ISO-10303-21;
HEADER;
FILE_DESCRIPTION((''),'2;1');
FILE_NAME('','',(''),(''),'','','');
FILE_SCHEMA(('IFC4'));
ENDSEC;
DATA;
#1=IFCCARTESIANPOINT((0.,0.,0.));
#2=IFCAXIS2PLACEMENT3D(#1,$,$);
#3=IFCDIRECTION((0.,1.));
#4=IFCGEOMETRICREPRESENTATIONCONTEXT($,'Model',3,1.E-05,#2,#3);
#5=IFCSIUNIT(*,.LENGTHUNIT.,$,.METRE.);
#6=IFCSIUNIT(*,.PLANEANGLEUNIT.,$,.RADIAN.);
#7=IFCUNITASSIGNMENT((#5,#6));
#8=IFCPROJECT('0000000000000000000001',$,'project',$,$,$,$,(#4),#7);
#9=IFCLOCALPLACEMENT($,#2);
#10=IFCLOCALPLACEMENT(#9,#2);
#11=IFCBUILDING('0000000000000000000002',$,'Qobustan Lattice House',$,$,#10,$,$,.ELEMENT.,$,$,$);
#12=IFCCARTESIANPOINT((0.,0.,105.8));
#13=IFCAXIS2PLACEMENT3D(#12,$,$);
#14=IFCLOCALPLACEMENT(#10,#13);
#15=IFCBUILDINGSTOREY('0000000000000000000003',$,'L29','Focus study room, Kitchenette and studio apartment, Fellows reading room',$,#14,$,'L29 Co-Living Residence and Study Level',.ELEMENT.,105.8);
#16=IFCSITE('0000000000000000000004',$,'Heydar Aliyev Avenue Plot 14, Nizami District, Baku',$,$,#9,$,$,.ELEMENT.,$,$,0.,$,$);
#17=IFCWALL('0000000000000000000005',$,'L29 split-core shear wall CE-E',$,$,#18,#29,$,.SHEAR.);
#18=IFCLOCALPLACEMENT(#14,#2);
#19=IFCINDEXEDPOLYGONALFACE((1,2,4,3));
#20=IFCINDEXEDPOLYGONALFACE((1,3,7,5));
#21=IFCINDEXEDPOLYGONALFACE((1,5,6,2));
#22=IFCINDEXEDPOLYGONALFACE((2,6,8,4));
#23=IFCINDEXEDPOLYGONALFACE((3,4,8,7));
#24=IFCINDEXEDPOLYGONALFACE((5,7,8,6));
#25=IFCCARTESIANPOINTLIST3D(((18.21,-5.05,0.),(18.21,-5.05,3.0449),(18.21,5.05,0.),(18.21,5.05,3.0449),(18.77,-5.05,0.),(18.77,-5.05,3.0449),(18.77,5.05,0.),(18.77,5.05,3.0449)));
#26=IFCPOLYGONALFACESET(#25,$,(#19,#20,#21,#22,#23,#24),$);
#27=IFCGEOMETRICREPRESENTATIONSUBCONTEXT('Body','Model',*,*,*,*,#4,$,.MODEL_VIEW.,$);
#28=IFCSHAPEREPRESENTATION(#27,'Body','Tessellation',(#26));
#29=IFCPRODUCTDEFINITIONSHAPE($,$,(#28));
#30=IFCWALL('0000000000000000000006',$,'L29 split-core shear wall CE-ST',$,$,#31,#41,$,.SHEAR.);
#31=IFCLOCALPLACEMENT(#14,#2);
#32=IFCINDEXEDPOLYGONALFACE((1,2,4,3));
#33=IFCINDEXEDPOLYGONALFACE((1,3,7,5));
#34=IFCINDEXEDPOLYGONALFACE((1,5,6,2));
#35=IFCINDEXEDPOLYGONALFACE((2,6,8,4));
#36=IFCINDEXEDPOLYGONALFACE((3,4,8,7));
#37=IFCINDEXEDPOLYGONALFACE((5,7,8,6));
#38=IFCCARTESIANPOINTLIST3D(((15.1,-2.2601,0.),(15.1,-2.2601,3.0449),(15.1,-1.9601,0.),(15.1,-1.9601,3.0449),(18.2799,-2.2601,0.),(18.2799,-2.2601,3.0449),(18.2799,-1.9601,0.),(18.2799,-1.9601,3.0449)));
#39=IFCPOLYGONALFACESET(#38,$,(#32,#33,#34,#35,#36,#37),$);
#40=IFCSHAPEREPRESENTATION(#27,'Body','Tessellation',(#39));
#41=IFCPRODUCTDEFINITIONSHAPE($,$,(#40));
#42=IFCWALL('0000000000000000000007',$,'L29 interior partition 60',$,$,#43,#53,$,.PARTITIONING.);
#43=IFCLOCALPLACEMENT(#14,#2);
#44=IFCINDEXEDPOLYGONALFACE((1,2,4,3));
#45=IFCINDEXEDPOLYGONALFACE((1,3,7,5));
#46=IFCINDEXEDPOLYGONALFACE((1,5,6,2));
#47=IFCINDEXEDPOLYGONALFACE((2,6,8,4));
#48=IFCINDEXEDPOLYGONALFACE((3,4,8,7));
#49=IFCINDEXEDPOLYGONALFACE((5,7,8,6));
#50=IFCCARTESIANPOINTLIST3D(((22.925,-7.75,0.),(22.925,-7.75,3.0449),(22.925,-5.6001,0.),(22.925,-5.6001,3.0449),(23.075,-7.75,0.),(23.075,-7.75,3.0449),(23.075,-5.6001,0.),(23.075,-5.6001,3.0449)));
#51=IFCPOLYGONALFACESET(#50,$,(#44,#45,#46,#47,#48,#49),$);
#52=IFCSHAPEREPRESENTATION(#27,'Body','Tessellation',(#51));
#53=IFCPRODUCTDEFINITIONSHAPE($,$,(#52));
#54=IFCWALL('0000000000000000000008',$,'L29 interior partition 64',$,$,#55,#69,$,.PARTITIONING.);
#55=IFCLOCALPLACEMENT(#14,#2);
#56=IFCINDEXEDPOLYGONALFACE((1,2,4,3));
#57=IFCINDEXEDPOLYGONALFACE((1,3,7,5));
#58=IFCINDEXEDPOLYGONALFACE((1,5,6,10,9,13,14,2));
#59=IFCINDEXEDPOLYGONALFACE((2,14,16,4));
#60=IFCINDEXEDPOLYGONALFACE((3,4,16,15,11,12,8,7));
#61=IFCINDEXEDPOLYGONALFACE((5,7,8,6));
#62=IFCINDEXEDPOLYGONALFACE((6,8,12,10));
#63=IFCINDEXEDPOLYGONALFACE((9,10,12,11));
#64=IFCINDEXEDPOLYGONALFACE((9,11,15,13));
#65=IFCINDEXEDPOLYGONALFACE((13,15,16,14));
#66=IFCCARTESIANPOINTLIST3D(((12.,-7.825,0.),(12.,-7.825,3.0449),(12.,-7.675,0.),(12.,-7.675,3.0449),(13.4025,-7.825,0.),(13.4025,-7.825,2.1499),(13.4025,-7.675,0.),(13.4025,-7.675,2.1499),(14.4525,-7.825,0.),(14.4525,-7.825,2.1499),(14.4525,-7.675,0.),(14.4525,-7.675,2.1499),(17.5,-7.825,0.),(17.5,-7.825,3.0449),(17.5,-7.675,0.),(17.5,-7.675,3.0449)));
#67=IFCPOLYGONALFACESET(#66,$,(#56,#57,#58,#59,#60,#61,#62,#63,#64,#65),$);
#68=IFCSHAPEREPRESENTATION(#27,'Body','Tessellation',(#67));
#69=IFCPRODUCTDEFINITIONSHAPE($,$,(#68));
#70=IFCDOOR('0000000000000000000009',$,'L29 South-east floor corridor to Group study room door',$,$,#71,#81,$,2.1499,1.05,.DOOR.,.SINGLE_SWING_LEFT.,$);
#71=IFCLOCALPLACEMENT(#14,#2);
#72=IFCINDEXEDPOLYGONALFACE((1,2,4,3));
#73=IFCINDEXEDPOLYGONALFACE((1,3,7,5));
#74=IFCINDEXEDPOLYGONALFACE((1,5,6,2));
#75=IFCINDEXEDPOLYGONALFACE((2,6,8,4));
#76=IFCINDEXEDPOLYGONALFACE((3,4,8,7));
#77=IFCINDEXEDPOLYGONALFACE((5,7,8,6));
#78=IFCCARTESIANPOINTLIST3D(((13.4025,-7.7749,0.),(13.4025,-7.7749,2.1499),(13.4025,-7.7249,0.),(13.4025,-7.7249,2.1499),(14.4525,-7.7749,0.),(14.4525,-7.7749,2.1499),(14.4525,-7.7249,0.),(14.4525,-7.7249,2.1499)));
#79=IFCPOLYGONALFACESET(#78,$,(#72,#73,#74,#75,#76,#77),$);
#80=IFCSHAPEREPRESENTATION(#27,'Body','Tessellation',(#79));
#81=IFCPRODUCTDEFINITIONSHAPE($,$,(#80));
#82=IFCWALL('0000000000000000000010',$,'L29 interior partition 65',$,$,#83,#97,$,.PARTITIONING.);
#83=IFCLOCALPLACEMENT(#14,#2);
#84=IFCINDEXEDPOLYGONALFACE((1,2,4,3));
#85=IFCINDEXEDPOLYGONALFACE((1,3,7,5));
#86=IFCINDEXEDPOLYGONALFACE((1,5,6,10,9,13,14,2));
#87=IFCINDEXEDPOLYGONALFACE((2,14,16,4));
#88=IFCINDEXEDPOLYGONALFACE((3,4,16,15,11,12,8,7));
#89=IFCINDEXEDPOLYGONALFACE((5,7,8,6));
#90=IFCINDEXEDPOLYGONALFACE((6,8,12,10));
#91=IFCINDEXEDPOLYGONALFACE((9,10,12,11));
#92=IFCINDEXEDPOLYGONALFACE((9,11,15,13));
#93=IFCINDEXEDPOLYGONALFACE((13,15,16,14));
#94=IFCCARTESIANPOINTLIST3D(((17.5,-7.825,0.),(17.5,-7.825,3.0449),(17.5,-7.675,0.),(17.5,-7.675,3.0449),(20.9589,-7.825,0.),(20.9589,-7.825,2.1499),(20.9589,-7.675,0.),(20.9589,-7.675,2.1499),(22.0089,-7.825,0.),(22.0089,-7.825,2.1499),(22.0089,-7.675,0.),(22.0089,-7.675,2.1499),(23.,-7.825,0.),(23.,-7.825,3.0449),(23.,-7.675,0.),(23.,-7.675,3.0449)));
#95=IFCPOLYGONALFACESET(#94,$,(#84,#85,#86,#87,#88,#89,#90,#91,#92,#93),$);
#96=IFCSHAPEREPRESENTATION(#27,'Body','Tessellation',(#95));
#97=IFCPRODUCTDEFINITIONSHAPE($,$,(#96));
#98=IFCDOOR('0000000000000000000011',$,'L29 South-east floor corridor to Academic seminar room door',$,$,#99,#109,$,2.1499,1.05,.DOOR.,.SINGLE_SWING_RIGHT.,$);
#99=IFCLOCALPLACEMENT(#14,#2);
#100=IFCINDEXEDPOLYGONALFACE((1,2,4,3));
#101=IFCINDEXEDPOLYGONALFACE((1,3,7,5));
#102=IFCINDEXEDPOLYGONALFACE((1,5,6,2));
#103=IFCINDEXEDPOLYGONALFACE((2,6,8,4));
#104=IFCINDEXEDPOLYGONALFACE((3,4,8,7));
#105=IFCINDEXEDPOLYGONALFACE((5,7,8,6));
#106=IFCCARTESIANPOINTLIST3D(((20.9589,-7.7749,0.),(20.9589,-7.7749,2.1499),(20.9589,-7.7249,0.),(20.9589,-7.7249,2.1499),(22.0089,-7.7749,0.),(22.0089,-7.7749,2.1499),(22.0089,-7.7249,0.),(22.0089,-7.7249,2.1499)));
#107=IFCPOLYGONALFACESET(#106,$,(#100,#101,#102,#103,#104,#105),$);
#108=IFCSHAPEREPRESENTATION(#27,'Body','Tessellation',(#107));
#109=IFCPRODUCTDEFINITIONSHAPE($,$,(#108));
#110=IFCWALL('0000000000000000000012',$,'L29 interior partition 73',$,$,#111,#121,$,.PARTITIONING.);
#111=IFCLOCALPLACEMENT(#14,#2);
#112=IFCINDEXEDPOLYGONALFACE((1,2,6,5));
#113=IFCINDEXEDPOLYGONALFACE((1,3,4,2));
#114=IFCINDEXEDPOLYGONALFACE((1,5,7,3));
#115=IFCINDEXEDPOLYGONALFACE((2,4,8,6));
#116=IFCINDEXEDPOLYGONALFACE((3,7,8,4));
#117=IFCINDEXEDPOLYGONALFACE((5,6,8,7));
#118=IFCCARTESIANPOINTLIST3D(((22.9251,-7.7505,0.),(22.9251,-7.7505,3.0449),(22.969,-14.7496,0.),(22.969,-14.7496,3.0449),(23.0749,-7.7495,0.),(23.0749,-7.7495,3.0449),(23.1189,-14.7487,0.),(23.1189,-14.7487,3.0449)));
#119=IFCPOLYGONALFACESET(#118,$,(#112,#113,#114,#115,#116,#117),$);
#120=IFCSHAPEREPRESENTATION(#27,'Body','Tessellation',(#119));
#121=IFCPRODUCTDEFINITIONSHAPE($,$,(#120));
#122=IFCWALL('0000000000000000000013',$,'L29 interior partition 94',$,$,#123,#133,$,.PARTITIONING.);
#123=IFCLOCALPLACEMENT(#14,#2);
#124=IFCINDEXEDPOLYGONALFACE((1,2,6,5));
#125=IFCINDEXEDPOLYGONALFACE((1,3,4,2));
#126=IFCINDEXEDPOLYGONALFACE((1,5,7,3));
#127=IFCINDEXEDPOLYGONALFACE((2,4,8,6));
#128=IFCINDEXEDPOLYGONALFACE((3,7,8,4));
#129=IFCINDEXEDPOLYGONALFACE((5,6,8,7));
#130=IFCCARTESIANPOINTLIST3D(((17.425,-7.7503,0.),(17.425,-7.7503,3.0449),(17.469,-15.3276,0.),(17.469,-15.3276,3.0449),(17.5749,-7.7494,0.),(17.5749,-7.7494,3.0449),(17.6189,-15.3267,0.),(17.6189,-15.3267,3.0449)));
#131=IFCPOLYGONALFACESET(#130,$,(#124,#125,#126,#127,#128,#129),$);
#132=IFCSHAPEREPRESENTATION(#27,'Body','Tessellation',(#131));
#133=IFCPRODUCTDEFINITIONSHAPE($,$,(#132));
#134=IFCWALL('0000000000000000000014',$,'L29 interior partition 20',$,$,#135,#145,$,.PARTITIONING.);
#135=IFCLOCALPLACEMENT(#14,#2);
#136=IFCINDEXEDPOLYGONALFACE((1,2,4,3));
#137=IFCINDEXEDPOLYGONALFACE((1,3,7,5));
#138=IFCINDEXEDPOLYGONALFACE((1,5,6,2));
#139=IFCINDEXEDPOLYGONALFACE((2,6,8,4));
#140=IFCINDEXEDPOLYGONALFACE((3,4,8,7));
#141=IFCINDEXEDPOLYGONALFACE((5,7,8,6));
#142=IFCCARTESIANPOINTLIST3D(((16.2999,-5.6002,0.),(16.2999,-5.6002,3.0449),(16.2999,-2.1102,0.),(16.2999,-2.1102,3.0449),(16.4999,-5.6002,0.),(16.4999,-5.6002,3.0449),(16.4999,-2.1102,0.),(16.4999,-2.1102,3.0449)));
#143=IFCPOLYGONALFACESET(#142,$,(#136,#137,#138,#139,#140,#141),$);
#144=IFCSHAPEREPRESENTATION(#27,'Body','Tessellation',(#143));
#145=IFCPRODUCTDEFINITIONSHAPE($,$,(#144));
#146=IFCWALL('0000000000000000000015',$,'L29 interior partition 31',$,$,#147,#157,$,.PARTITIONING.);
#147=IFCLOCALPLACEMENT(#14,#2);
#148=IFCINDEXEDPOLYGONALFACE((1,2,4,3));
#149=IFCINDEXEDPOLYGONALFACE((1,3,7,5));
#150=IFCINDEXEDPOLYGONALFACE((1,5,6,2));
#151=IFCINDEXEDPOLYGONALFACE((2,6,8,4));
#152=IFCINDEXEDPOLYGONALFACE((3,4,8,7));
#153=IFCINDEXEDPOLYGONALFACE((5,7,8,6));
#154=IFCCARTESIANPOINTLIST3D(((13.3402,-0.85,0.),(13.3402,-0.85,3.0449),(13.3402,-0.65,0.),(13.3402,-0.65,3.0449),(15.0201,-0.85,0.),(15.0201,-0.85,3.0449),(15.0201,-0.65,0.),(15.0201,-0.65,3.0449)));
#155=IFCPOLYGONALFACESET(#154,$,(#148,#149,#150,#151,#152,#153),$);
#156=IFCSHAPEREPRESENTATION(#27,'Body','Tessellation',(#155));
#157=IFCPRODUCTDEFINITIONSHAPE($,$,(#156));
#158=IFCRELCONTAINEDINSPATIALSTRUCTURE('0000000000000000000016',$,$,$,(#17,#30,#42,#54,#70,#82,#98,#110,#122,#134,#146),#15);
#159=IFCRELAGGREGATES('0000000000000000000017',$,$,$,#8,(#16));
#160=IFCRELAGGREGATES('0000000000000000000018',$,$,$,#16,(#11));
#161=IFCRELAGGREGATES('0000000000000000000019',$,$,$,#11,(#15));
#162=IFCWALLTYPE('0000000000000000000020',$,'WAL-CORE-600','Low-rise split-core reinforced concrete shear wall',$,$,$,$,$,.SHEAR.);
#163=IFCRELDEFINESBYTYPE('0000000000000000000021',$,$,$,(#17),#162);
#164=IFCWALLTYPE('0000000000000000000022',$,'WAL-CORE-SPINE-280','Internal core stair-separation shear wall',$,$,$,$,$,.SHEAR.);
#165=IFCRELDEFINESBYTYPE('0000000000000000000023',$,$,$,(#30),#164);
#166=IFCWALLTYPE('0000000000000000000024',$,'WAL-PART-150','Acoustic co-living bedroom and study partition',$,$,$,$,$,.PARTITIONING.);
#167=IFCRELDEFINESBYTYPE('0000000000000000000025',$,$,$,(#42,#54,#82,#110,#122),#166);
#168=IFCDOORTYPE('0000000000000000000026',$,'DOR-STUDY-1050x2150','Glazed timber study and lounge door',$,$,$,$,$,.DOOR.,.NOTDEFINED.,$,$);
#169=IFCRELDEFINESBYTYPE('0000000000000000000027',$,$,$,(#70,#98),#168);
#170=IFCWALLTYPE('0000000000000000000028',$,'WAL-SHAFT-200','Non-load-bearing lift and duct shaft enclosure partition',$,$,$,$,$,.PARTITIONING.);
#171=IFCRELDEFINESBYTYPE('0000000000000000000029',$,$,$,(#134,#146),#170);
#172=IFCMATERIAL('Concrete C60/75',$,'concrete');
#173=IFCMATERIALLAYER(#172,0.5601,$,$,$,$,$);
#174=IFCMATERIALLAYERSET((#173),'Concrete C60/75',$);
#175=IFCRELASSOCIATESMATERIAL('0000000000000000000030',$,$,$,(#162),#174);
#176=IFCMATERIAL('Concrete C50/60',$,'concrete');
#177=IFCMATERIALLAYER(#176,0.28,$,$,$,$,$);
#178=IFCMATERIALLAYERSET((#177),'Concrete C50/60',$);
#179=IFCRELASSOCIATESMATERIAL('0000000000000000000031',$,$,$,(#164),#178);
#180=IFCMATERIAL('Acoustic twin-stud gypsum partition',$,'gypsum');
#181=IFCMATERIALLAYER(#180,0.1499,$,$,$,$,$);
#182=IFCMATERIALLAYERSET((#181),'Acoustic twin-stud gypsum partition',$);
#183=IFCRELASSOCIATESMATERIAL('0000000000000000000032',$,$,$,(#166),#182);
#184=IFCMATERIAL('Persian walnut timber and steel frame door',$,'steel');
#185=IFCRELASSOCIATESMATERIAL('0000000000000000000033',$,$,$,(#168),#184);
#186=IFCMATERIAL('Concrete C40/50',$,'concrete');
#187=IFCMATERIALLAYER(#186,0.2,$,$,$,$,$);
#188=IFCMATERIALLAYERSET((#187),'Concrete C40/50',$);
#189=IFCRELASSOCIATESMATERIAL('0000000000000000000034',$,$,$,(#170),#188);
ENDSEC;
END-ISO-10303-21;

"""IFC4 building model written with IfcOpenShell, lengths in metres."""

from ifc_helpers import new_model, si_unit, direction, frame, frame_2d, origin, place, context, subcontext, project, spatial, rectangle, extrude, material, layer, layer_set, type_object, element, fill, save


model = new_model("IFC4")

# Units and contexts
model_context = context("Model", 3, precision=1e-05, world=origin(), true_north=direction((0.0, 1.0)))
body_context = subcontext(model_context, "Body", "Model", "MODEL_VIEW")
ifc_project = project(units=[si_unit("LENGTHUNIT", "METRE"), si_unit("PLANEANGLEUNIT", "RADIAN")], contexts=[model_context])

# Site, building, storey
site_placement = place(None, origin())
site = spatial("IfcSite", under=ifc_project, at=site_placement, Name="Heydar Aliyev Avenue Plot 14, Nizami District, Baku", CompositionType="ELEMENT", RefElevation=0.0)
building_placement = place(site_placement, origin())
building = spatial("IfcBuilding", under=site, at=building_placement, Name="Qobustan Lattice House", CompositionType="ELEMENT")
storey_placement = place(building_placement, frame((0.0, 0.0, 105.8)))
storey = spatial("IfcBuildingStorey", under=building, at=storey_placement, Name="L29", Description="Focus study room, Kitchenette and studio apartment, Fellows reading room", LongName="L29 Co-Living Residence and Study Level", CompositionType="ELEMENT", Elevation=105.8)

# Walls
ifc_material_1 = material(Name="Concrete C60/75", Category="concrete")
ifc_layer_1 = layer(ifc_material_1, 0.5601)
ifc_layer_set_1 = layer_set([ifc_layer_1], Name="Concrete C60/75")
wall_type_1 = type_object("IfcWallType", Name="WAL-CORE-600", Description="Low-rise split-core reinforced concrete shear wall", PredefinedType="SHEAR", material=ifc_layer_set_1)
wall_1_placement = place(storey_placement, frame((18.49, -5.05, 0.0), z_axis=(0.0, 0.0, 1.0), x_axis=(0.0, 1.0, 0.0)))
element("IfcWall", 1, at=wall_1_placement, inside=storey, type_object=wall_type_1, Name="L29 split-core shear wall CE-E", PredefinedType="SHEAR", context=body_context, shape_type="SweptSolid", body=[
    extrude(rectangle(XDim=10.1001, YDim=0.5601, at=frame_2d((5.05, 0.0))), origin(), (0.0, 0.0, 1.0), 3.0449),
])
ifc_material_2 = material(Name="Concrete C50/60", Category="concrete")
ifc_layer_2 = layer(ifc_material_2, 0.28)
ifc_layer_set_2 = layer_set([ifc_layer_2], Name="Concrete C50/60")
wall_type_2 = type_object("IfcWallType", Name="WAL-CORE-SPINE-280", Description="Internal core stair-separation shear wall", PredefinedType="SHEAR", material=ifc_layer_set_2)
wall_2_placement = place(storey_placement, frame((15.1001, -2.1101, 0.0), z_axis=(0.0, 0.0, 1.0), x_axis=(1.0, 0.0, 0.0)))
element("IfcWall", 2, at=wall_2_placement, inside=storey, type_object=wall_type_2, Name="L29 split-core shear wall CE-ST", PredefinedType="SHEAR", context=body_context, shape_type="SweptSolid", body=[
    extrude(rectangle(XDim=3.1799, YDim=0.3, at=frame_2d((1.5898, 0.0))), origin(), (0.0, 0.0, 1.0), 3.0449),
])

# Shared definitions
ifc_material_3 = material(Name="Acoustic twin-stud gypsum partition", Category="gypsum")
ifc_layer_3 = layer(ifc_material_3, 0.1499)
ifc_layer_set_3 = layer_set([ifc_layer_3], Name="Acoustic twin-stud gypsum partition")
wall_type_3 = type_object("IfcWallType", Name="WAL-PART-150", Description="Acoustic co-living bedroom and study partition", PredefinedType="PARTITIONING", material=ifc_layer_set_3)
ifc_material_4 = material(Name="Persian walnut timber and steel frame door", Category="steel")
door_type = type_object("IfcDoorType", Name="DOR-STUDY-1050x2150", Description="Glazed timber study and lounge door", OperationType="NOTDEFINED", PredefinedType="DOOR", material=ifc_material_4)

# Wall
wall_3_placement = place(storey_placement, frame((23.0, -5.6001, 0.0), z_axis=(0.0, 0.0, 1.0), x_axis=(0.0, -1.0, 0.0)))
element("IfcWall", 3, at=wall_3_placement, inside=storey, type_object=wall_type_3, Name="L29 interior partition 60", PredefinedType="PARTITIONING", context=body_context, shape_type="SweptSolid", body=[
    extrude(rectangle(XDim=2.1499, YDim=0.1499, at=frame_2d((1.075, 0.0))), origin(), (0.0, 0.0, 1.0), 3.0449),
])

# Walls, openings, doors
wall_4_placement = place(storey_placement, frame((17.5, -7.75, 0.0), z_axis=(0.0, 0.0, 1.0), x_axis=(-1.0, 0.0, 0.0)))
wall_4 = element("IfcWall", 4, at=wall_4_placement, inside=storey, type_object=wall_type_3, Name="L29 interior partition 64", PredefinedType="PARTITIONING", context=body_context, shape_type="SweptSolid", body=[
    extrude(rectangle(XDim=5.5, YDim=0.1499, at=frame_2d((2.75, 0.0))), origin(), (0.0, 0.0, 1.0), 3.0449),
])
opening_1_placement = place(wall_4_placement, frame((3.0476, 0.0, 0.0)))
opening_1 = element("IfcOpeningElement", 5, at=opening_1_placement, cuts=wall_4, PredefinedType="OPENING", context=body_context, shape_type="SweptSolid", body=[
    extrude(rectangle(XDim=1.05, YDim=2.1499, at=frame_2d((0.5249, 1.075))), frame((0.0, 0.085, 0.0), z_axis=(0.0, -1.0, 0.0), x_axis=(1.0, 0.0, 0.0)), (0.0, 0.0, 1.0), 0.1699),
])
door_1_placement = place(opening_1_placement, origin())
door_1 = element("IfcDoor", 6, at=door_1_placement, inside=storey, type_object=door_type, Name="L29 South-east floor corridor to Group study room door", OperationType="SINGLE_SWING_LEFT", OverallHeight=2.1499, OverallWidth=1.05, PredefinedType="DOOR", context=body_context, shape_type="SweptSolid", body=[
    extrude(rectangle(XDim=1.05, YDim=2.1499, at=frame_2d((0.5249, 1.075))), frame((0.0, 0.0249, 0.0), z_axis=(0.0, -1.0, 0.0), x_axis=(1.0, 0.0, 0.0)), (0.0, 0.0, 1.0), 0.05),
])
fill(opening_1, door_1)
wall_5_placement = place(storey_placement, frame((23.0, -7.75, 0.0), z_axis=(0.0, 0.0, 1.0), x_axis=(-1.0, 0.0, 0.0)))
wall_5 = element("IfcWall", 7, at=wall_5_placement, inside=storey, type_object=wall_type_3, Name="L29 interior partition 65", PredefinedType="PARTITIONING", context=body_context, shape_type="SweptSolid", body=[
    extrude(rectangle(XDim=5.5, YDim=0.1499, at=frame_2d((2.75, 0.0))), origin(), (0.0, 0.0, 1.0), 3.0449),
])
opening_2_placement = place(wall_5_placement, frame((0.9912, 0.0, 0.0)))
opening_2 = element("IfcOpeningElement", 8, at=opening_2_placement, cuts=wall_5, PredefinedType="OPENING", context=body_context, shape_type="SweptSolid", body=[
    extrude(rectangle(XDim=1.05, YDim=2.1499, at=frame_2d((0.5249, 1.075))), frame((0.0, 0.085, 0.0), z_axis=(0.0, -1.0, 0.0), x_axis=(1.0, 0.0, 0.0)), (0.0, 0.0, 1.0), 0.1699),
])
door_2_placement = place(opening_2_placement, origin())
door_2 = element("IfcDoor", 9, at=door_2_placement, inside=storey, type_object=door_type, Name="L29 South-east floor corridor to Academic seminar room door", OperationType="SINGLE_SWING_RIGHT", OverallHeight=2.1499, OverallWidth=1.05, PredefinedType="DOOR", context=body_context, shape_type="SweptSolid", body=[
    extrude(rectangle(XDim=1.05, YDim=2.1499, at=frame_2d((0.5249, 1.075))), frame((0.0, 0.0249, 0.0), z_axis=(0.0, -1.0, 0.0), x_axis=(1.0, 0.0, 0.0)), (0.0, 0.0, 1.0), 0.05),
])
fill(opening_2, door_2)

# Walls
wall_6_placement = place(storey_placement, frame((23.0439, -14.749, 0.0), z_axis=(0.0, 0.0, 1.0), x_axis=(-0.006279, 0.99998, 0.0)))
element("IfcWall", 10, at=wall_6_placement, inside=storey, type_object=wall_type_3, Name="L29 interior partition 73", PredefinedType="PARTITIONING", context=body_context, shape_type="SweptSolid", body=[
    extrude(rectangle(XDim=6.9993, YDim=0.1499, at=frame_2d((3.4995, 0.0))), origin(), (0.0, 0.0, 1.0), 3.0449),
])
wall_7_placement = place(storey_placement, frame((17.5, -7.75, 0.0), z_axis=(0.0, 0.0, 1.0), x_axis=(0.0058, -0.999983, 0.0)))
element("IfcWall", 11, at=wall_7_placement, inside=storey, type_object=wall_type_3, Name="L29 interior partition 94", PredefinedType="PARTITIONING", context=body_context, shape_type="SweptSolid", body=[
    extrude(rectangle(XDim=7.5774, YDim=0.1499, at=frame_2d((3.7886, 0.0))), origin(), (0.0, 0.0, 1.0), 3.0449),
])
ifc_material_5 = material(Name="Concrete C40/50", Category="concrete")
ifc_layer_4 = layer(ifc_material_5, 0.2)
ifc_layer_set_4 = layer_set([ifc_layer_4], Name="Concrete C40/50")
wall_type_4 = type_object("IfcWallType", Name="WAL-SHAFT-200", Description="Non-load-bearing lift and duct shaft enclosure partition", PredefinedType="PARTITIONING", material=ifc_layer_set_4)
wall_8_placement = place(storey_placement, frame((16.3999, -2.1101, 0.0), z_axis=(0.0, 0.0, 1.0), x_axis=(0.0, -1.0, 0.0)))
element("IfcWall", 12, at=wall_8_placement, inside=storey, type_object=wall_type_4, Name="L29 interior partition 20", PredefinedType="PARTITIONING", context=body_context, shape_type="SweptSolid", body=[
    extrude(rectangle(XDim=3.49, YDim=0.2, at=frame_2d((1.7451, 0.0))), origin(), (0.0, 0.0, 1.0), 3.0449),
])
wall_9_placement = place(storey_placement, frame((15.02, -0.75, 0.0), z_axis=(0.0, 0.0, 1.0), x_axis=(-1.0, 0.0, 0.0)))
element("IfcWall", 13, at=wall_9_placement, inside=storey, type_object=wall_type_4, Name="L29 interior partition 31", PredefinedType="PARTITIONING", context=body_context, shape_type="SweptSolid", body=[
    extrude(rectangle(XDim=1.6799, YDim=0.2, at=frame_2d((0.8398, 0.0))), origin(), (0.0, 0.0, 1.0), 3.0449),
])

save(model, "model.ifc")
